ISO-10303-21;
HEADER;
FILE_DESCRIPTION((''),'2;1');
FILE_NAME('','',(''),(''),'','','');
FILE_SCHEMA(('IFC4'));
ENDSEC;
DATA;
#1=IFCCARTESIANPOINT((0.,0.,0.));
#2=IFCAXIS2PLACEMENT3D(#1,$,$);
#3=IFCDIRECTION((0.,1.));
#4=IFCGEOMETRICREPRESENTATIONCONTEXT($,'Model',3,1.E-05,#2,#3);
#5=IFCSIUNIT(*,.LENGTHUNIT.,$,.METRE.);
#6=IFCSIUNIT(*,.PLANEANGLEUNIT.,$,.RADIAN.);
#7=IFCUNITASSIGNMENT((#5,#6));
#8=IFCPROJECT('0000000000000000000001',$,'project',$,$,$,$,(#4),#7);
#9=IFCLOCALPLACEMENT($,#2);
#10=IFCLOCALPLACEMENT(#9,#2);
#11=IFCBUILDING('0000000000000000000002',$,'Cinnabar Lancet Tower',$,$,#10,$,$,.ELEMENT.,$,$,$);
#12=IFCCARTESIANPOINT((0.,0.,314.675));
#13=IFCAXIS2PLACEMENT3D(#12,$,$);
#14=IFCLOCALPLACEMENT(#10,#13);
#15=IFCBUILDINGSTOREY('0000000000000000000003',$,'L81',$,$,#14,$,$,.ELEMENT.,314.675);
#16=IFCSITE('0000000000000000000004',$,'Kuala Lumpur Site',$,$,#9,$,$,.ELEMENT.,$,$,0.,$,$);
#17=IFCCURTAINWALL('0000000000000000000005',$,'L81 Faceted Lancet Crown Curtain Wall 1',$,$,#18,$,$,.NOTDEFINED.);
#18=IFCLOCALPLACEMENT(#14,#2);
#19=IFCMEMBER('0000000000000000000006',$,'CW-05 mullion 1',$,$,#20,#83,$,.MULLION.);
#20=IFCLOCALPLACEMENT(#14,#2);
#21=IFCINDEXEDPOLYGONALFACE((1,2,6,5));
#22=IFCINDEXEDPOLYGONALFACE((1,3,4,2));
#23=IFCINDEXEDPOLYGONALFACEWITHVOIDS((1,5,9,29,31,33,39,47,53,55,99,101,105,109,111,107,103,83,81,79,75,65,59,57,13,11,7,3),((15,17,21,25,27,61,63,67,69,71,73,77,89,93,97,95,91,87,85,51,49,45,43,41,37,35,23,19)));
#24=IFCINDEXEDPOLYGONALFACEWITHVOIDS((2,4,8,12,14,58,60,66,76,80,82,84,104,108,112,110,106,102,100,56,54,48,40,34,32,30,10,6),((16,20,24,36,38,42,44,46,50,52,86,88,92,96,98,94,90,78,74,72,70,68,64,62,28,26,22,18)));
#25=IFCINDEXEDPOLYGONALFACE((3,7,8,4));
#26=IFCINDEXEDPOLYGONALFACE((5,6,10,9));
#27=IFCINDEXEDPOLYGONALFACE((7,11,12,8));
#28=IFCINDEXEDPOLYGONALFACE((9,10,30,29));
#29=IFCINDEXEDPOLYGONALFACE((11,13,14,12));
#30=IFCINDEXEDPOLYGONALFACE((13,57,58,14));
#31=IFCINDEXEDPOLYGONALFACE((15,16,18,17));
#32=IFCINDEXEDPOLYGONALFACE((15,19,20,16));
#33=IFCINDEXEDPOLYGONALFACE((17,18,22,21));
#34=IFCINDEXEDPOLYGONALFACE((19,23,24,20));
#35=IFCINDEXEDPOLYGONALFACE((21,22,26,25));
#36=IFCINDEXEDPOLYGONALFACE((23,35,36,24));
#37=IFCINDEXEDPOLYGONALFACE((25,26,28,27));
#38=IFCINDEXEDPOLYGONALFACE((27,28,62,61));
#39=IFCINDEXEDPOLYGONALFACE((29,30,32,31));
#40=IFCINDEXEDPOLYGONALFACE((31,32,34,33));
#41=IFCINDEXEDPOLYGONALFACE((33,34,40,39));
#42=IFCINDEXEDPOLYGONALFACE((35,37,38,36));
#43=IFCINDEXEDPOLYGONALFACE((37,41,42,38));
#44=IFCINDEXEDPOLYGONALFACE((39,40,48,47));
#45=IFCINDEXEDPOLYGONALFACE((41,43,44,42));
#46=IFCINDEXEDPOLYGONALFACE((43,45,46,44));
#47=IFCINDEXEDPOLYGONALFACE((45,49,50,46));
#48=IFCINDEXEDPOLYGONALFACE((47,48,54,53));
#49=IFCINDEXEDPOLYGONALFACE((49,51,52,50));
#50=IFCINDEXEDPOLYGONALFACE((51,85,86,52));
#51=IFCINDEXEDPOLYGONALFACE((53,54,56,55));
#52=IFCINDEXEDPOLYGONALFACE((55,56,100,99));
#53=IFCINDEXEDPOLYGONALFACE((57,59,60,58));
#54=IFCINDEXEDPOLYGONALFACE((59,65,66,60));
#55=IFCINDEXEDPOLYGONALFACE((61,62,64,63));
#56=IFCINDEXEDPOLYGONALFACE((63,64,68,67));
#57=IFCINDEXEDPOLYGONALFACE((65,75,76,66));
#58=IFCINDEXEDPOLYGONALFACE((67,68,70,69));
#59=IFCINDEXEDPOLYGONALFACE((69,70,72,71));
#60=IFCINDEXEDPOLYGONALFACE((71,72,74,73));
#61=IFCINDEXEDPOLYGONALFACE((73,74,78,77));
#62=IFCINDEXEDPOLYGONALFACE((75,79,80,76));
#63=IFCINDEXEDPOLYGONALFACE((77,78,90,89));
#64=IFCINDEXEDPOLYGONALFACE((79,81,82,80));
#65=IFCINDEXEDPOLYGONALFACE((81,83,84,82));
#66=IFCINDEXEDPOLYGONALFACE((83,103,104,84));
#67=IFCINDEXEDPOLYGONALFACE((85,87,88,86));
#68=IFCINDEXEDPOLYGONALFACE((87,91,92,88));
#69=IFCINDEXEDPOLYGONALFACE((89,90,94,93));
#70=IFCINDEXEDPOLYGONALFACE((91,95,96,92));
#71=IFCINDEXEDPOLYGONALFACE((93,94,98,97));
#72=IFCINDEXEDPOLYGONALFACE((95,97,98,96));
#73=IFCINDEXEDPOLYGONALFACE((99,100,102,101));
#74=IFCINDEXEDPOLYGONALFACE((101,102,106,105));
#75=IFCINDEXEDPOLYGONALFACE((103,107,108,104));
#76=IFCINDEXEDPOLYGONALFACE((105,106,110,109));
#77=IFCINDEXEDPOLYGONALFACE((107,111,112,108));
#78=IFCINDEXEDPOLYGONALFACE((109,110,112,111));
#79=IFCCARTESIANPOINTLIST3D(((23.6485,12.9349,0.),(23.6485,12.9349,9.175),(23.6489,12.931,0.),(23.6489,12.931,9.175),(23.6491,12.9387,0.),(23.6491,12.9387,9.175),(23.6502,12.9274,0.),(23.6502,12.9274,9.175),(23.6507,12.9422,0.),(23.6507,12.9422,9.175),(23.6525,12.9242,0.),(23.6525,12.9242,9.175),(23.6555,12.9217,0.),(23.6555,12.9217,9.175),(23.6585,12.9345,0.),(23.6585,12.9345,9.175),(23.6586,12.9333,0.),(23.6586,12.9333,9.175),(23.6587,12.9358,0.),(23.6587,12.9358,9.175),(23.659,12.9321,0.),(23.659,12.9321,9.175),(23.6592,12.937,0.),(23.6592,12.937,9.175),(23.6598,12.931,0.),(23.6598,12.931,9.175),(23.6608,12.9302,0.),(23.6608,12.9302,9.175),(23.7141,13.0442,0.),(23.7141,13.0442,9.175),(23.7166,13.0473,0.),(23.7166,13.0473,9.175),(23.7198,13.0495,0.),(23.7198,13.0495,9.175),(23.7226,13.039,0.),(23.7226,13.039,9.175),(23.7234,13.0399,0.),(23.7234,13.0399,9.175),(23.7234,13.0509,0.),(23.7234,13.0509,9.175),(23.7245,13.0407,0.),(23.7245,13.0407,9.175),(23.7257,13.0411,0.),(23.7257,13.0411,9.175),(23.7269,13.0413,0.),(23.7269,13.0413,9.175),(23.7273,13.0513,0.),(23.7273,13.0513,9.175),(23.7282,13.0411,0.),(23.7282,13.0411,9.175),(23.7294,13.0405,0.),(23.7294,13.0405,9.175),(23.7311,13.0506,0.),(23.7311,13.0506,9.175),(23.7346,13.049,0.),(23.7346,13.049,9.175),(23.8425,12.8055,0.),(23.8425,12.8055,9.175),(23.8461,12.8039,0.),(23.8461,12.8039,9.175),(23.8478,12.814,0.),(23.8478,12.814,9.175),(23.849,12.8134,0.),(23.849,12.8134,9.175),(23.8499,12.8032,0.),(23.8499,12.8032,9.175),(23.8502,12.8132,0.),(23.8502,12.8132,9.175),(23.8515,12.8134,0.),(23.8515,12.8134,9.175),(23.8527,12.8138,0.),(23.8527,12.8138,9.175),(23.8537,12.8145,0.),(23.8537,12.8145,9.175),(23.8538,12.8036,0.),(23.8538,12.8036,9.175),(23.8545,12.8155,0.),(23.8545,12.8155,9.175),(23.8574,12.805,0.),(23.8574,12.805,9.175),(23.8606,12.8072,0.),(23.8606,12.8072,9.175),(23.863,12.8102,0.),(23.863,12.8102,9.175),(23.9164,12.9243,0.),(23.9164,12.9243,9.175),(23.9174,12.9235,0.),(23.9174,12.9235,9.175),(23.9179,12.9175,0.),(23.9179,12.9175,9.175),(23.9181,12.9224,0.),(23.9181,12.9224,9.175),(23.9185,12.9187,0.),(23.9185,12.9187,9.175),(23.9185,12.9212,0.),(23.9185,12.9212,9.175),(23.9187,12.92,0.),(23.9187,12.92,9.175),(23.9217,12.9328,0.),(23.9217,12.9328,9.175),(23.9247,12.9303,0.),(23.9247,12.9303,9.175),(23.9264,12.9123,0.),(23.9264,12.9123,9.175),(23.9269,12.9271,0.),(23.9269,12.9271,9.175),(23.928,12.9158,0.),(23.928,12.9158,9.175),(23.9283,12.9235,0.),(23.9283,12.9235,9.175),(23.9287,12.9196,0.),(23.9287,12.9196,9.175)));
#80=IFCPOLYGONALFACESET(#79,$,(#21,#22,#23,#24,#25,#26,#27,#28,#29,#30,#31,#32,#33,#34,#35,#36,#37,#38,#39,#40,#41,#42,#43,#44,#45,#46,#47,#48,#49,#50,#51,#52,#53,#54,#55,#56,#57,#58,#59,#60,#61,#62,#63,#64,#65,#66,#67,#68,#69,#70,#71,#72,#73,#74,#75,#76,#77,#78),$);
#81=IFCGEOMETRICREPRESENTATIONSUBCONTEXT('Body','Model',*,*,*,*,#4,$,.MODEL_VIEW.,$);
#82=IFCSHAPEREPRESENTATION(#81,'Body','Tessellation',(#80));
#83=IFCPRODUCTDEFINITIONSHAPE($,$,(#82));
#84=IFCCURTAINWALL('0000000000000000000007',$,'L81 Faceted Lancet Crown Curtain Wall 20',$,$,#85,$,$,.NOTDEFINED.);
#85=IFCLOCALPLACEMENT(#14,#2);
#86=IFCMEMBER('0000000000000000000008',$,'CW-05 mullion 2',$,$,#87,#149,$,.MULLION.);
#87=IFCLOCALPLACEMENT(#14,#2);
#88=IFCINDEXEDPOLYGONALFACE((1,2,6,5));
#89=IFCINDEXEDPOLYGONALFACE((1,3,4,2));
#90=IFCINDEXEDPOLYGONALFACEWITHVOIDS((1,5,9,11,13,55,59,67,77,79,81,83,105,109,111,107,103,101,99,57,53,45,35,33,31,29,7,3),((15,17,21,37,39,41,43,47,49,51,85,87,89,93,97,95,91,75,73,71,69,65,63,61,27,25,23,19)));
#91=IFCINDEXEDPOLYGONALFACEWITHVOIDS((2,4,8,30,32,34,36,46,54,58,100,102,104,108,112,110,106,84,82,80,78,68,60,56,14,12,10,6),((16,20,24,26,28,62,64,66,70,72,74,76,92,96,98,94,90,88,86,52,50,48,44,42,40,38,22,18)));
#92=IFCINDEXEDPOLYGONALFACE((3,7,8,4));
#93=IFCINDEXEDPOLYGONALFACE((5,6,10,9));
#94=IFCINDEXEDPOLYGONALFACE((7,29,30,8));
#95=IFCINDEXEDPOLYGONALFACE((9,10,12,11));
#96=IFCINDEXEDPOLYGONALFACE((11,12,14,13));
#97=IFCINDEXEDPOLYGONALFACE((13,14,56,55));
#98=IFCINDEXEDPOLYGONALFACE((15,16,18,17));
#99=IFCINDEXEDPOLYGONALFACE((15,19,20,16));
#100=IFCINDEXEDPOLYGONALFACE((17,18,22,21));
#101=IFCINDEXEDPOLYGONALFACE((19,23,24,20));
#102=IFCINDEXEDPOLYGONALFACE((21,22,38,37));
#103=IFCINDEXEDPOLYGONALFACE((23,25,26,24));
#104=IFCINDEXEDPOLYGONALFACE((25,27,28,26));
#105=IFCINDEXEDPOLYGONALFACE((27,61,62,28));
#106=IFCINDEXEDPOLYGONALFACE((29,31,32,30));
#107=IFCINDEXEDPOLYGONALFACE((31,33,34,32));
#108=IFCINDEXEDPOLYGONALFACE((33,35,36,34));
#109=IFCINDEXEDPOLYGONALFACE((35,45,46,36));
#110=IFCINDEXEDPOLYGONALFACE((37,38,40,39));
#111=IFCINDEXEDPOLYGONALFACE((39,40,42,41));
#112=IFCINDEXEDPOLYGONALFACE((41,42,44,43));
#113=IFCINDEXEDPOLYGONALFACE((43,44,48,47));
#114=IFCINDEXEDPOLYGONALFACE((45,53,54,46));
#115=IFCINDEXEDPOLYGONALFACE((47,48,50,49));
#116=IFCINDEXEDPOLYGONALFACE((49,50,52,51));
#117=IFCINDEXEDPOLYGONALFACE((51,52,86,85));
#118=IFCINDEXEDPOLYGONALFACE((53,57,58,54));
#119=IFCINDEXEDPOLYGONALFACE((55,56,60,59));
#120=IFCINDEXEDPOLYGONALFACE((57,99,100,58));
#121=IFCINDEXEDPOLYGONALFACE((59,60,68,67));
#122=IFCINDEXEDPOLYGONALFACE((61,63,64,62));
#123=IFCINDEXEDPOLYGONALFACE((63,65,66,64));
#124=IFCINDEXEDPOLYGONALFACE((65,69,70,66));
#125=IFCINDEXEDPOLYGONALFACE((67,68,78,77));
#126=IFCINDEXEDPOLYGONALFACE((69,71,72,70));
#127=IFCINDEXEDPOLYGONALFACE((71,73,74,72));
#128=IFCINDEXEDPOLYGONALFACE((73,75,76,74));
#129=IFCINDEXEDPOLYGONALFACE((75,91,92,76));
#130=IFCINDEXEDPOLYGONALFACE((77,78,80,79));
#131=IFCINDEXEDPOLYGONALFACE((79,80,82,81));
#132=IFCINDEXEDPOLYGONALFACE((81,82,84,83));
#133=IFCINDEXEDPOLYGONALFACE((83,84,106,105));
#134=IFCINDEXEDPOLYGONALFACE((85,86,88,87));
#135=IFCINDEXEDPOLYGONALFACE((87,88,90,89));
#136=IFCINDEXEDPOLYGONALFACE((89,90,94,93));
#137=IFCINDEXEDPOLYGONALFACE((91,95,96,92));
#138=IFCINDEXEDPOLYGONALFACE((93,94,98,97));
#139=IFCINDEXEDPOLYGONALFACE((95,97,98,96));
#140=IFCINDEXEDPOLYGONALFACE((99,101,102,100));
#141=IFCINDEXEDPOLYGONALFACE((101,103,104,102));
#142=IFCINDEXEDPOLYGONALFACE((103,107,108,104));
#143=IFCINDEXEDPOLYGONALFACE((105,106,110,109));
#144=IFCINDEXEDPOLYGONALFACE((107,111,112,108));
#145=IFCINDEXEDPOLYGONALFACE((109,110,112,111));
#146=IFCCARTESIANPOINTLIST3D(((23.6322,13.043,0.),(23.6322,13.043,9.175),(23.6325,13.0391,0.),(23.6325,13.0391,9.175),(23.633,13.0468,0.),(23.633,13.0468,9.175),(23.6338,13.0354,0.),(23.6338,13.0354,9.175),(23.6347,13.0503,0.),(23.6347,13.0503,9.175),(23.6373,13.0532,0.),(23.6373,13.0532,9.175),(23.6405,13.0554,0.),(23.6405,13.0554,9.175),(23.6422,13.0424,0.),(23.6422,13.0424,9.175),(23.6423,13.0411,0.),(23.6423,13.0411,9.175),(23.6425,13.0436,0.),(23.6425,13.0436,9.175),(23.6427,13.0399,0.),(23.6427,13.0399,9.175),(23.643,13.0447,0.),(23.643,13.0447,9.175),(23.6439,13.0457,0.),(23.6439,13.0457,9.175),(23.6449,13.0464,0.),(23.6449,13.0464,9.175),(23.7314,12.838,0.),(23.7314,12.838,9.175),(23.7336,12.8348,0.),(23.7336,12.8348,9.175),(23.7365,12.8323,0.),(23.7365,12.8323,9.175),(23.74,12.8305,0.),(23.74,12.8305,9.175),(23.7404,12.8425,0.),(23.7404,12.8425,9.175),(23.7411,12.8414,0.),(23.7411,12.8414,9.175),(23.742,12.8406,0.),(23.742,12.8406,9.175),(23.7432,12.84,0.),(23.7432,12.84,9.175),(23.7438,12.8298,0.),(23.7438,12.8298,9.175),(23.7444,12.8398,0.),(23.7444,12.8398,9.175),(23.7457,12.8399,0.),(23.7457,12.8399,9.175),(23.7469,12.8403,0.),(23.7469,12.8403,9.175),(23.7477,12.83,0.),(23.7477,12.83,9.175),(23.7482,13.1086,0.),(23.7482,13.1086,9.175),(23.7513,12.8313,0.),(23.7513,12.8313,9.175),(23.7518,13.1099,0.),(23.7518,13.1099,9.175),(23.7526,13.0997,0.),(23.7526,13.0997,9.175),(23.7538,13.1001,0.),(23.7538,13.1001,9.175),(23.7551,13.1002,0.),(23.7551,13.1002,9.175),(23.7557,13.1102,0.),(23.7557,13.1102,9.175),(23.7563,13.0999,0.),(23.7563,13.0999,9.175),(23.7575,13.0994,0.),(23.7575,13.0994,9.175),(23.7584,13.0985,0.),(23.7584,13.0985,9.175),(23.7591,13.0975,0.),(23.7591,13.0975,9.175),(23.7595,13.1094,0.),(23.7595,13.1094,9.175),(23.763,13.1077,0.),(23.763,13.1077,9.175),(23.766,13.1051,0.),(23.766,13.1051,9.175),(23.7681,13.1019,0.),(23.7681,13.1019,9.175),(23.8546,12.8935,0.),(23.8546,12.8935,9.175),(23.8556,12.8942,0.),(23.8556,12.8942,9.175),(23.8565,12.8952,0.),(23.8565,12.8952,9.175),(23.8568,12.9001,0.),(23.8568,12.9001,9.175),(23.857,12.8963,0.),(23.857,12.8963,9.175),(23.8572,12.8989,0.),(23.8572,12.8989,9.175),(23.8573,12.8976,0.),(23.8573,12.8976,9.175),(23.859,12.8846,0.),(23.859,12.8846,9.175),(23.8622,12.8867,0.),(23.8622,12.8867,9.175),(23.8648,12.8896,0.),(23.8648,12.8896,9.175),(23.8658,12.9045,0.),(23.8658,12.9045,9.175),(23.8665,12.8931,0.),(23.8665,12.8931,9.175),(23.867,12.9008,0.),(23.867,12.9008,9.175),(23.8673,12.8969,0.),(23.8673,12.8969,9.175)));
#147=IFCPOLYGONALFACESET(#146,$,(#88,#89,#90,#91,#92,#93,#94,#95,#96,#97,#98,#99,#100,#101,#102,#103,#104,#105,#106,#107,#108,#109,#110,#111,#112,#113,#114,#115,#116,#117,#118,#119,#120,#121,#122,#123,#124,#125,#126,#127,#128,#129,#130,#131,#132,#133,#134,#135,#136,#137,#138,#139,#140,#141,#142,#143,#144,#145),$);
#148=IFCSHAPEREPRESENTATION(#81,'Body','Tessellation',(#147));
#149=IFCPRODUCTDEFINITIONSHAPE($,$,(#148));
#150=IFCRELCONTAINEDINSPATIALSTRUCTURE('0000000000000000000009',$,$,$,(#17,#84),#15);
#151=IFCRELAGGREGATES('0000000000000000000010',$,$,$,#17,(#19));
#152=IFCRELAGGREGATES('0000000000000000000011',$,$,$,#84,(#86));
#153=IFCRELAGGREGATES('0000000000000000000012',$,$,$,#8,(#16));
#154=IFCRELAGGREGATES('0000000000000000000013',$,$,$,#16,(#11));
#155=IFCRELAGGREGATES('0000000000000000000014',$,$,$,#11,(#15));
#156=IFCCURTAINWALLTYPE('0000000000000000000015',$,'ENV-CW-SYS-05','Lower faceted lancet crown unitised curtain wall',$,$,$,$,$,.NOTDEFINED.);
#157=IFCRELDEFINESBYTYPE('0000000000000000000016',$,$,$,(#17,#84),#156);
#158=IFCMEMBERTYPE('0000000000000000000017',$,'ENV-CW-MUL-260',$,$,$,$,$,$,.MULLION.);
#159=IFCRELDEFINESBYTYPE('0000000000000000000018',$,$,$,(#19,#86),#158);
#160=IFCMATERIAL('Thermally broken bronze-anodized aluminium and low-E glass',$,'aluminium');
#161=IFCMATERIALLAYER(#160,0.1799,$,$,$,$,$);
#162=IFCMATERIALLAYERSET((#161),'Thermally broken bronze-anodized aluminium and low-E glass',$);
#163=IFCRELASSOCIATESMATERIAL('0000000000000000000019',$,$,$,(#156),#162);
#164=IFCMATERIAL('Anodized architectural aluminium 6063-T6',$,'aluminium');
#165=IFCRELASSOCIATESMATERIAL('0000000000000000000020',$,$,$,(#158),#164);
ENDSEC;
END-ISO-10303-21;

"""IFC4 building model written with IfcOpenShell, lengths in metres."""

from ifc_helpers import new_model, si_unit, direction, frame, origin, origin_2d, place, context, subcontext, project, spatial, hollow_rectangle, extrude, material, layer, layer_set, material_profile, profile_set, type_object, element, aggregate, save


model = new_model("IFC4")

# Units and contexts
model_context = context("Model", 3, precision=1e-05, world=origin(), true_north=direction((0.0, 1.0)))
body_context = subcontext(model_context, "Body", "Model", "MODEL_VIEW")
ifc_project = project(units=[si_unit("LENGTHUNIT", "METRE"), si_unit("PLANEANGLEUNIT", "RADIAN")], contexts=[model_context])

# Site, building, storey
site_placement = place(None, origin())
site = spatial("IfcSite", under=ifc_project, at=site_placement, Name="Kuala Lumpur Site", CompositionType="ELEMENT", RefElevation=0.0)
building_placement = place(site_placement, origin())
building = spatial("IfcBuilding", under=site, at=building_placement, Name="Cinnabar Lancet Tower", CompositionType="ELEMENT")
storey_placement = place(building_placement, frame((0.0, 0.0, 314.675)))
storey = spatial("IfcBuildingStorey", under=building, at=storey_placement, Name="L81", CompositionType="ELEMENT", Elevation=314.675)

# Curtain walls, members
ifc_material_1 = material(Name="Thermally broken bronze-anodized aluminium and low-E glass", Category="aluminium")
ifc_layer_1 = layer(ifc_material_1, 0.1799)
ifc_layer_set_1 = layer_set([ifc_layer_1], Name="Thermally broken bronze-anodized aluminium and low-E glass")
curtain_wall_type = type_object("IfcCurtainWallType", Name="ENV-CW-SYS-05", Description="Lower faceted lancet crown unitised curtain wall", PredefinedType="NOTDEFINED", material=ifc_layer_set_1)
curtain_wall_1_placement = place(storey_placement, origin())
curtain_wall_1 = element("IfcCurtainWall", 1, at=curtain_wall_1_placement, inside=storey, type_object=curtain_wall_type, Name="L81 Faceted Lancet Crown Curtain Wall 1", PredefinedType="NOTDEFINED")
ifc_material_2 = material(Name="Anodized architectural aluminium 6063-T6", Category="aluminium")
ifc_material_profile_1 = material_profile(ifc_material_2, hollow_rectangle(XDim=0.1499, YDim=0.25, WallThickness=0.01, InnerFilletRadius=0.0049, OuterFilletRadius=0.0149, at=origin_2d()), Name="RHS 250x150x10")
ifc_profile_set_1 = profile_set([ifc_material_profile_1], Name="Anodized architectural aluminium 6063-T6")
member_type_1 = type_object("IfcMemberType", Name="ENV-CW-MUL-260", PredefinedType="MULLION", material=ifc_profile_set_1)
member_1_placement = place(storey_placement, frame((23.7886, 12.9272, 0.0), z_axis=(0.0, 0.0, 1.0), x_axis=(0.527976, 0.849259, 0.0)))
member_1 = element("IfcMember", 2, at=member_1_placement, type_object=member_type_1, Name="CW-05 mullion 1", PredefinedType="MULLION", context=body_context, shape_type="SweptSolid", body=[
    extrude(hollow_rectangle(XDim=0.1499, YDim=0.25, WallThickness=0.01, InnerFilletRadius=0.0049, OuterFilletRadius=0.0149, at=origin_2d()), origin(), (0.0, 0.0, 1.0), 9.175),
])
curtain_wall_2_placement = place(storey_placement, origin())
curtain_wall_2 = element("IfcCurtainWall", 3, at=curtain_wall_2_placement, inside=storey, type_object=curtain_wall_type, Name="L81 Faceted Lancet Crown Curtain Wall 20", PredefinedType="NOTDEFINED")
member_2_placement = place(storey_placement, frame((23.7498, 12.97, 0.0), z_axis=(0.0, 0.0, 1.0), x_axis=(0.896343, 0.443362, 0.0)))
member_2 = element("IfcMember", 4, at=member_2_placement, type_object=member_type_1, Name="CW-05 mullion 2", PredefinedType="MULLION", context=body_context, shape_type="SweptSolid", body=[
    extrude(hollow_rectangle(XDim=0.1499, YDim=0.25, WallThickness=0.01, InnerFilletRadius=0.0049, OuterFilletRadius=0.0149, at=origin_2d()), origin(), (0.0, 0.0, 1.0), 9.175),
])

aggregate(curtain_wall_1, [member_1])
aggregate(curtain_wall_2, [member_2])

save(model, "model.ifc")
